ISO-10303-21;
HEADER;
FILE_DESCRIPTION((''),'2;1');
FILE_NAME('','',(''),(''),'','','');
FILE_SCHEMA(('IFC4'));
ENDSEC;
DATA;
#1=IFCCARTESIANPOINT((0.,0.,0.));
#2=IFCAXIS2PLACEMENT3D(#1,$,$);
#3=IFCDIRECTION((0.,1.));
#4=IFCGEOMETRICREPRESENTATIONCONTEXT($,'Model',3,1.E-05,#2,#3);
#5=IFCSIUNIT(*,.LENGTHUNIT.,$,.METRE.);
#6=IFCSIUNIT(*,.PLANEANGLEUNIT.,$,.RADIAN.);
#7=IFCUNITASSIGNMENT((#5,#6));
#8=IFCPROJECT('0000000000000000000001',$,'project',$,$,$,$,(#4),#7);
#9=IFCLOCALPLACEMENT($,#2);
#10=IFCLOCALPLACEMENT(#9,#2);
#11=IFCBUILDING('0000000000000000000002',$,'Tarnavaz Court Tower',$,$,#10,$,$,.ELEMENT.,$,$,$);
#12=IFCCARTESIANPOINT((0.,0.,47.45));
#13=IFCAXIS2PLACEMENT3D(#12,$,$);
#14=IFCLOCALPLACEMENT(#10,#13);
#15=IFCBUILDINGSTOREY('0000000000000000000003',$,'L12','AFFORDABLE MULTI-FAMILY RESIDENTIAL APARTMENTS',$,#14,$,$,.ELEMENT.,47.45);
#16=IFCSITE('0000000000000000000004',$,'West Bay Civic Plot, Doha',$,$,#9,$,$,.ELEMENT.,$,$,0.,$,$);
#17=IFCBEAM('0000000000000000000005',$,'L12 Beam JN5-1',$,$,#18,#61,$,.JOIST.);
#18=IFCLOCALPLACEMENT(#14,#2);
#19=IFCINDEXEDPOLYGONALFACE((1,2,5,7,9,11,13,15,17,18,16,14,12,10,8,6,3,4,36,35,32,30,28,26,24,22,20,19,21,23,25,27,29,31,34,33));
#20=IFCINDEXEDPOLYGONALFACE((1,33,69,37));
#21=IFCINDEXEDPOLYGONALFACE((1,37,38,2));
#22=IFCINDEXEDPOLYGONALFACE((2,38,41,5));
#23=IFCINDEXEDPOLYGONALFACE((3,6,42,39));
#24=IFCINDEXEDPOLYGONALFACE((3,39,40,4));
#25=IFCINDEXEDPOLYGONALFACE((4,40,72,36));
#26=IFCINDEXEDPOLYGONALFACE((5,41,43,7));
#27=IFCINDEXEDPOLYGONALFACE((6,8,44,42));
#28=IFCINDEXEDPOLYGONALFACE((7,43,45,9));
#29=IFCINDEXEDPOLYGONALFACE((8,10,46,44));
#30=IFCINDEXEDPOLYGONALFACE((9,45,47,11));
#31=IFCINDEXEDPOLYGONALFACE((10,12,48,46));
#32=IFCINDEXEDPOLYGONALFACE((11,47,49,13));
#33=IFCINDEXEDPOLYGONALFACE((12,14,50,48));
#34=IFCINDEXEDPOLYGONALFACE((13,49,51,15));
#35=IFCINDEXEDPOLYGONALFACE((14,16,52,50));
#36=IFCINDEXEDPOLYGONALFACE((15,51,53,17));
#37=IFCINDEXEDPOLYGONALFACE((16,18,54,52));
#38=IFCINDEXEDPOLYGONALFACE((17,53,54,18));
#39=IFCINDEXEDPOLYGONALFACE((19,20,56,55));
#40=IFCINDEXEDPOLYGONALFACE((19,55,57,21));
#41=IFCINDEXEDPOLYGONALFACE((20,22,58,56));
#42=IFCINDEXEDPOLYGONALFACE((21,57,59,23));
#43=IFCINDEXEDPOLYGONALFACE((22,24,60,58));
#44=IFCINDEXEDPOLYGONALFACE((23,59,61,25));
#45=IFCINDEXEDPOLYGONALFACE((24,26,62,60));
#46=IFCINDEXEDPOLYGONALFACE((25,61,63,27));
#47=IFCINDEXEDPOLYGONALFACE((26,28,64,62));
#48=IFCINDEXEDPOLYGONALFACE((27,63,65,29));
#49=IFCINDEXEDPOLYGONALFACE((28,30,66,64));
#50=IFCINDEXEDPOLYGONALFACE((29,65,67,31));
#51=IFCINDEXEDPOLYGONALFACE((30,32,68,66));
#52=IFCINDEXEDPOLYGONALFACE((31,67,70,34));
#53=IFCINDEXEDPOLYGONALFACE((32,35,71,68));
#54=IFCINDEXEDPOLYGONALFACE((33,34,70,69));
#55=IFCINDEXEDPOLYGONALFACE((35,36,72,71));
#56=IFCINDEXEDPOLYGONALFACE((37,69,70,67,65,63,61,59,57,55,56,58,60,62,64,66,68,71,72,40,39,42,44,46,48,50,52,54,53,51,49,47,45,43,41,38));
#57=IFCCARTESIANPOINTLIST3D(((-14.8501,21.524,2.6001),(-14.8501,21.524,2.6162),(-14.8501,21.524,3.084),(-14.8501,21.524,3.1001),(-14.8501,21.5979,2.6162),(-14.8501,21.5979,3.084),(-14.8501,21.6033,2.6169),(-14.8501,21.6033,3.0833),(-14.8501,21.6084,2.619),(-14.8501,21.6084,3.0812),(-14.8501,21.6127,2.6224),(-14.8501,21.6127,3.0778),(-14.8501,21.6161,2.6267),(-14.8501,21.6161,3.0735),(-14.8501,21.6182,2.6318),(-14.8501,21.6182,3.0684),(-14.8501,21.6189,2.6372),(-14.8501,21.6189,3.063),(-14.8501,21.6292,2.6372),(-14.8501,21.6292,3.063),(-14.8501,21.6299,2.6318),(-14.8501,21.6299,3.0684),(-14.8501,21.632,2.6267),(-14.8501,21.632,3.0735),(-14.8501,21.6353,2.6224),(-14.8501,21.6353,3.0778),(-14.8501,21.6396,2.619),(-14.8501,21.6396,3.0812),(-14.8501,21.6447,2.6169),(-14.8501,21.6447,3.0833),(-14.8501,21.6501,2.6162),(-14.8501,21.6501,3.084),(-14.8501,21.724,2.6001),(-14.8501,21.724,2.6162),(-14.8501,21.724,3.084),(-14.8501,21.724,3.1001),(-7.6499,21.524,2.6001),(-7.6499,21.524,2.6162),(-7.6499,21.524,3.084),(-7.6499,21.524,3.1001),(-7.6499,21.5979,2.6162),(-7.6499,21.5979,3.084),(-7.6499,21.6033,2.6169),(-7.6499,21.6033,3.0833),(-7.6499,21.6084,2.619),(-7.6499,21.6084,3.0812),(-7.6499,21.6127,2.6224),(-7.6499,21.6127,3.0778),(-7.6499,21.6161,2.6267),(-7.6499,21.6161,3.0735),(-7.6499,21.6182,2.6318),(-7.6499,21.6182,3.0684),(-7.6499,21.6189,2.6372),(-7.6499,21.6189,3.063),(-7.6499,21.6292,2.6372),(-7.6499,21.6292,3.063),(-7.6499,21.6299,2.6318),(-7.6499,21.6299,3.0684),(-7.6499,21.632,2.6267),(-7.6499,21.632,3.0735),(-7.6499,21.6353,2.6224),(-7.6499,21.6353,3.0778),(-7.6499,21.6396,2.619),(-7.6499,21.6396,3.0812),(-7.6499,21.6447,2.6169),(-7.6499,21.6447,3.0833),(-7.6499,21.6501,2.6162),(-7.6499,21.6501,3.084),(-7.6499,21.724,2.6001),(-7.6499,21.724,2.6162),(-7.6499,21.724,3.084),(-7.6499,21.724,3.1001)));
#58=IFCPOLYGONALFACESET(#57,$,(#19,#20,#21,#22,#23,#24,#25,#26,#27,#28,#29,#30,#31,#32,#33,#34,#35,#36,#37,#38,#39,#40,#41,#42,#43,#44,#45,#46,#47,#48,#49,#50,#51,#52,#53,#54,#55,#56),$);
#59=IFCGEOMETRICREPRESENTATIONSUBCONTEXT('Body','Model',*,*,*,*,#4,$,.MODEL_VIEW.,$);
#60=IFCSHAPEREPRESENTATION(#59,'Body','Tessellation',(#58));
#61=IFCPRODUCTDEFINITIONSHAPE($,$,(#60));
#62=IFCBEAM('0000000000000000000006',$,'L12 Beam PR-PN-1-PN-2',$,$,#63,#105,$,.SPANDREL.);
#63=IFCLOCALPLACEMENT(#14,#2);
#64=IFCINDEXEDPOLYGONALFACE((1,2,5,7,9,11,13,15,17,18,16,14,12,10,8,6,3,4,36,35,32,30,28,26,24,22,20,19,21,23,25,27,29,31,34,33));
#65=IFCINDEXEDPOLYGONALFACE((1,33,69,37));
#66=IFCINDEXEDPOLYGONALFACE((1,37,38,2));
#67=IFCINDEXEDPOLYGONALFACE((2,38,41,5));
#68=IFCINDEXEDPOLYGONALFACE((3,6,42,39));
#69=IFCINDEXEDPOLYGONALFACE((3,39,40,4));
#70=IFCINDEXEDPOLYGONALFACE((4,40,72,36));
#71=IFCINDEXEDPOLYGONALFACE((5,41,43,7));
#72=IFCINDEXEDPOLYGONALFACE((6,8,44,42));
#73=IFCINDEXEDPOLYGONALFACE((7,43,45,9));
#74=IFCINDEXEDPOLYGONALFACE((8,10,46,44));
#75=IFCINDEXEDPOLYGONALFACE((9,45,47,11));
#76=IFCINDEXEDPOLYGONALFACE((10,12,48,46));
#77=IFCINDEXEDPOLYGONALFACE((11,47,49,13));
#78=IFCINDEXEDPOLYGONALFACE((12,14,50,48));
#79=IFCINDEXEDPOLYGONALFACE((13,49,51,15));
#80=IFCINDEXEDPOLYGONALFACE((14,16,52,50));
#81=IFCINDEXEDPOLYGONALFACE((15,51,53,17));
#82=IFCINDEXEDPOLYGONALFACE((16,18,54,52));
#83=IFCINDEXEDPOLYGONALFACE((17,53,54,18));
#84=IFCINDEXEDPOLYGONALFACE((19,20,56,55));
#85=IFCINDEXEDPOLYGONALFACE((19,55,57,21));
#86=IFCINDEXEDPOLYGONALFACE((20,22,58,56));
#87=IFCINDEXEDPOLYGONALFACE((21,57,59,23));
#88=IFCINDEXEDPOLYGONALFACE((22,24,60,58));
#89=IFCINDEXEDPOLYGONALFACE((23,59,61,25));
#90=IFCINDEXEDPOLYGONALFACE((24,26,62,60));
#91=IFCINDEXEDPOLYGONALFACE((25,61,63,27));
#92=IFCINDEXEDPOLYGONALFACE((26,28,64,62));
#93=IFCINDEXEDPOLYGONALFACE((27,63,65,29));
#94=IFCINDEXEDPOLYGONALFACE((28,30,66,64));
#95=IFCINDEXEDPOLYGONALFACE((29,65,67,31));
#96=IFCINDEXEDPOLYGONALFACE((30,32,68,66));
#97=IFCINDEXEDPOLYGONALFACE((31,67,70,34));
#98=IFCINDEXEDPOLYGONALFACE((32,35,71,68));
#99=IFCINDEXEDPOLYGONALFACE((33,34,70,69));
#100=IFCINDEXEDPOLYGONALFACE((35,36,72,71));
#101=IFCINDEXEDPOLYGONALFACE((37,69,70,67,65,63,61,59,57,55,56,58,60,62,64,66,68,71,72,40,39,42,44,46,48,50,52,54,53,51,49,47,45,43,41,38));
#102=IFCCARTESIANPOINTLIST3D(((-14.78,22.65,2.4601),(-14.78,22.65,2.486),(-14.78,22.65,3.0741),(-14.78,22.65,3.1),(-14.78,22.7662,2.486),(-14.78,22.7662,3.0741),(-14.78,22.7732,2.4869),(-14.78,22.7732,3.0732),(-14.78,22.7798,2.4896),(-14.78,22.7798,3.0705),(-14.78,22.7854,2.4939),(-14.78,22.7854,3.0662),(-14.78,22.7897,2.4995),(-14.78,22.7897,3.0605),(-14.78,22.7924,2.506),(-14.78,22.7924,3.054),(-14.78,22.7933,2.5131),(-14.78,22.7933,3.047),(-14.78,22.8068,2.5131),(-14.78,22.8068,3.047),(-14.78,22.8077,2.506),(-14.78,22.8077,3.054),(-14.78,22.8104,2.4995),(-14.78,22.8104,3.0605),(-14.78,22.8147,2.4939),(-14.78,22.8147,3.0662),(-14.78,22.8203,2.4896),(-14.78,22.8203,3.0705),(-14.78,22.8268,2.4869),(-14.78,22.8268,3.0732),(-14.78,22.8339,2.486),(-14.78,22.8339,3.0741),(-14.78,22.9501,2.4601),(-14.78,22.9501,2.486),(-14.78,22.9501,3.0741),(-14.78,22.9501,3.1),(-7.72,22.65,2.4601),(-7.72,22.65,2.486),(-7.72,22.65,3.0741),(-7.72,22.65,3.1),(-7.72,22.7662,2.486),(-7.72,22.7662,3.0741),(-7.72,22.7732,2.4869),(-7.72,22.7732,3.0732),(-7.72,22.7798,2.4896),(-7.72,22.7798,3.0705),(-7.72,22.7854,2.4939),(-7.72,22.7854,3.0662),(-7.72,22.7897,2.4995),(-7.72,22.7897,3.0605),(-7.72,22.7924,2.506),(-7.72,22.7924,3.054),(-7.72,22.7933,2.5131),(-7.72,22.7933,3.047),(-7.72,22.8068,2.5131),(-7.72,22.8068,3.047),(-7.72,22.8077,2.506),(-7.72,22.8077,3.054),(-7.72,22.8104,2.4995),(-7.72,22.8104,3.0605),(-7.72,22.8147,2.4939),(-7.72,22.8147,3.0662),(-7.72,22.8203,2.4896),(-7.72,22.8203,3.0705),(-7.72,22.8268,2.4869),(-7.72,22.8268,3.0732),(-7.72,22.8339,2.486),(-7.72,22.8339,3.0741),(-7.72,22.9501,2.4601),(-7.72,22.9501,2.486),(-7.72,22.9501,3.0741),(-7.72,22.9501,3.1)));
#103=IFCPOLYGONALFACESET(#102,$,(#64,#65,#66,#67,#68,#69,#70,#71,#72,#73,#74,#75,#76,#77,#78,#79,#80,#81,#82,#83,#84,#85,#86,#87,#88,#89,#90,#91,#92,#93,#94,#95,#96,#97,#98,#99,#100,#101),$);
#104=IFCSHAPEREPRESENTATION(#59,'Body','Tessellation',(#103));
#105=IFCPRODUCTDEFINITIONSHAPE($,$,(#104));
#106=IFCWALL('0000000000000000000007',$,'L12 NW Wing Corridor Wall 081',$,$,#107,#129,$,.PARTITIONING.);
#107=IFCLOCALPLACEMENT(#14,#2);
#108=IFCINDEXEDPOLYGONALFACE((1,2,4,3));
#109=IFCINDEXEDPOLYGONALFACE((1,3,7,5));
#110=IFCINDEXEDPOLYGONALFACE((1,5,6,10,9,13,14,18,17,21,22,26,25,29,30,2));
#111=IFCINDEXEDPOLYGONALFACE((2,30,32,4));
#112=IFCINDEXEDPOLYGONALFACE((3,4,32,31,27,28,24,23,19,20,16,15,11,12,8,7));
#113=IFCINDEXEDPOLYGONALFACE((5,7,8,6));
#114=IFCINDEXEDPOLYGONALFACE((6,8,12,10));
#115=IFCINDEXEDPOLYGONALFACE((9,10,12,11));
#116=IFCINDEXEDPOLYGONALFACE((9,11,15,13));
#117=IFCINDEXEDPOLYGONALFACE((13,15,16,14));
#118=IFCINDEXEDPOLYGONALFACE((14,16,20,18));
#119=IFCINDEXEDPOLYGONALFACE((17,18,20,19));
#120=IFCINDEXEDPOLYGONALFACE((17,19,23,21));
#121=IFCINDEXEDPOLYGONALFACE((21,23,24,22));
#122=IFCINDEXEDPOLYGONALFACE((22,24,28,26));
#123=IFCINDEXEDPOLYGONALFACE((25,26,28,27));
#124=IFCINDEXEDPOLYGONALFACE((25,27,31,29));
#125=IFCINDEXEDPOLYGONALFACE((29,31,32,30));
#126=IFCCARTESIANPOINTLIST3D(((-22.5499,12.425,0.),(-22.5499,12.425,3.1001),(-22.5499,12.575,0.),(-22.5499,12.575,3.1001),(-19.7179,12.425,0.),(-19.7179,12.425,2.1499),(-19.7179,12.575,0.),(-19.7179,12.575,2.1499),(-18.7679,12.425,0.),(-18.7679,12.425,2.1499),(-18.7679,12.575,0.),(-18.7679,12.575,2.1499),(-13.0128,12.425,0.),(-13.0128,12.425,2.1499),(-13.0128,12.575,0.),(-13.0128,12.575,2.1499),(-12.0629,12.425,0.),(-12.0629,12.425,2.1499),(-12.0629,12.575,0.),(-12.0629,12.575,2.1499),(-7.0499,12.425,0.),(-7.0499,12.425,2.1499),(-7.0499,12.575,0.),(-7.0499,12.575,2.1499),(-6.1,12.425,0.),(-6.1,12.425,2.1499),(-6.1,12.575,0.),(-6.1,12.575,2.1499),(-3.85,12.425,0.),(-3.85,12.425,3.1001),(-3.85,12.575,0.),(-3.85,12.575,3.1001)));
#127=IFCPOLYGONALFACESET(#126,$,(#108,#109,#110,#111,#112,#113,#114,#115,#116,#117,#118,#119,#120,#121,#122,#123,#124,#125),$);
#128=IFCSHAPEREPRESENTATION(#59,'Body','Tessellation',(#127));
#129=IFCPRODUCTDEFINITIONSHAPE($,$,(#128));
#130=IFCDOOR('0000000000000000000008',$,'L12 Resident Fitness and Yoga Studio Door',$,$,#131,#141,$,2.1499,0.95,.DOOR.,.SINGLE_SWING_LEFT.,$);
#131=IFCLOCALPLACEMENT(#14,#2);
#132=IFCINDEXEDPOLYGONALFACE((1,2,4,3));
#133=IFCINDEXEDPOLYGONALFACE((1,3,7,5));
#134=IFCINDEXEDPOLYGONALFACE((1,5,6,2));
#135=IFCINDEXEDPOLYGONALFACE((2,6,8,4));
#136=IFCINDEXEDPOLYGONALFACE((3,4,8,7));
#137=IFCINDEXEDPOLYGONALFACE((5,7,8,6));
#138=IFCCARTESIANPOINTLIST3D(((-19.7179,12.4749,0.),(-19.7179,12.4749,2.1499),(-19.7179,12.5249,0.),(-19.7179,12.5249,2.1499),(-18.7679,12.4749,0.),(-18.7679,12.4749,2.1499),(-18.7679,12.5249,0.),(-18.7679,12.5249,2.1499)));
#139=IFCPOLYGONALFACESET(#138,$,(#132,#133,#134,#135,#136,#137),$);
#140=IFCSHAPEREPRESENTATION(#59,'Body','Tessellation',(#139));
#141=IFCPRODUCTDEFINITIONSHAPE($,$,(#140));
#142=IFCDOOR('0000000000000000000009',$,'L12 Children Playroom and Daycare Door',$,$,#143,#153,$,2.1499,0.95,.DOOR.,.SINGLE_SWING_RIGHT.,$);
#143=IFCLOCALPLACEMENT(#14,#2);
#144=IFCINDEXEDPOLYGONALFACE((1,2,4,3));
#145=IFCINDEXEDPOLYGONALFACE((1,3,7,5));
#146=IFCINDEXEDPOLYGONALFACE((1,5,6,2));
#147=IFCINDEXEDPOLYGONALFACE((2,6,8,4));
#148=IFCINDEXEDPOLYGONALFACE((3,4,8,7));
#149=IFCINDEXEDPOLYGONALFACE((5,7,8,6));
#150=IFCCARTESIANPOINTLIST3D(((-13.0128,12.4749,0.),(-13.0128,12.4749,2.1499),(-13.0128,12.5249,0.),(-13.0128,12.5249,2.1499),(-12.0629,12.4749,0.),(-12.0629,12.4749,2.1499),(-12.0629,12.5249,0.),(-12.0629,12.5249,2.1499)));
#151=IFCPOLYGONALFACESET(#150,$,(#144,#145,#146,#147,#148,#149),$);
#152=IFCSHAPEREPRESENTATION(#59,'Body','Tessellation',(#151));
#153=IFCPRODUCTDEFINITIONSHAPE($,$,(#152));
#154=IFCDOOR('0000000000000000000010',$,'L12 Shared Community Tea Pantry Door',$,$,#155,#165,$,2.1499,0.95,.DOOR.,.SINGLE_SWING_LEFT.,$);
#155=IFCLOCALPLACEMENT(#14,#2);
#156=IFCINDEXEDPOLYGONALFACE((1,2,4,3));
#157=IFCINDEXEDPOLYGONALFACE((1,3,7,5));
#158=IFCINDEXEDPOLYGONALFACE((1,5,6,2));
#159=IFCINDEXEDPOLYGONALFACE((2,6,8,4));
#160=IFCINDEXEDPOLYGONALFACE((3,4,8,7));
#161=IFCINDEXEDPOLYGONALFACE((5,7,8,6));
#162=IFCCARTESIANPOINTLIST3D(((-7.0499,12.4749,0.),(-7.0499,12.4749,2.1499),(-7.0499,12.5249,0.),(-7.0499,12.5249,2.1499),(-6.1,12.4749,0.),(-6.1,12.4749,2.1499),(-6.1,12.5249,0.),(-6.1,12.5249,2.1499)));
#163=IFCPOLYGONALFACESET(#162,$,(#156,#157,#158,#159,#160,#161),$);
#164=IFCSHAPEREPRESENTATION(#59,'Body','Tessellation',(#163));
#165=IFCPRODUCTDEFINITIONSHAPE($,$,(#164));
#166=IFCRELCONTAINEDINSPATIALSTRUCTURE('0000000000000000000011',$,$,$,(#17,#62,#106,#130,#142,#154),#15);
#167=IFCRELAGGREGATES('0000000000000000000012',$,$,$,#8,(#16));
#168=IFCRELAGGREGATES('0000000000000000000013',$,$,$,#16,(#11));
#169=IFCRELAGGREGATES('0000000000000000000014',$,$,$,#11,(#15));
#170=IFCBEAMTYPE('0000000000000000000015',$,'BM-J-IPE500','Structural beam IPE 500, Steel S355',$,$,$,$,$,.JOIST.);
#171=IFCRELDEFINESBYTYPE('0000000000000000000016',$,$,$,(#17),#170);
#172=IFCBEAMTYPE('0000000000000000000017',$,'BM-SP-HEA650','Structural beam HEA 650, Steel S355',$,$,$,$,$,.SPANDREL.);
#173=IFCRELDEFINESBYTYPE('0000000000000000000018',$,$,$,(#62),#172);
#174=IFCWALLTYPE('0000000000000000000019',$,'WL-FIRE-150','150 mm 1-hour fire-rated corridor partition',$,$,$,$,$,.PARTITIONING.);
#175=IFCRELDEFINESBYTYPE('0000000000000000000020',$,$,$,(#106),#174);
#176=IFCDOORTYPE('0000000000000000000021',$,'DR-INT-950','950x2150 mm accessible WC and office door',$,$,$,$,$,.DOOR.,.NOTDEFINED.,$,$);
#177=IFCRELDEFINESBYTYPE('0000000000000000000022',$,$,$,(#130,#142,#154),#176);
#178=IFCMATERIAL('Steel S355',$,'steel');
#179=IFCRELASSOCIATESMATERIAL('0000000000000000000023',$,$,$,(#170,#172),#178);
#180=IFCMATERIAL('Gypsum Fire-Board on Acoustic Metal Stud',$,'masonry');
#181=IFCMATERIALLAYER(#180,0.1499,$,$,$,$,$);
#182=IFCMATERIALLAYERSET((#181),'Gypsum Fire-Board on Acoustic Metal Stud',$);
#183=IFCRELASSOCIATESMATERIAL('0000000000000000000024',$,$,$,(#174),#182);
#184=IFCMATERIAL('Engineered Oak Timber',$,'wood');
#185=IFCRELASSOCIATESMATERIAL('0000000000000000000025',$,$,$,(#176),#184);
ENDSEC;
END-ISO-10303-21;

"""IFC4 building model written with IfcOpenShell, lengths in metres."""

from ifc_helpers import new_model, si_unit, direction, frame, frame_2d, origin, origin_2d, place, context, subcontext, project, spatial, rectangle, i_section, extrude, material, layer, layer_set, material_profile, profile_set, type_object, element, fill, save


model = new_model("IFC4")

# Units and contexts
model_context = context("Model", 3, precision=1e-05, world=origin(), true_north=direction((0.0, 1.0)))
body_context = subcontext(model_context, "Body", "Model", "MODEL_VIEW")
ifc_project = project(units=[si_unit("LENGTHUNIT", "METRE"), si_unit("PLANEANGLEUNIT", "RADIAN")], contexts=[model_context])

# Site, building, storey
site_placement = place(None, origin())
site = spatial("IfcSite", under=ifc_project, at=site_placement, Name="West Bay Civic Plot, Doha", CompositionType="ELEMENT", RefElevation=0.0)
building_placement = place(site_placement, origin())
building = spatial("IfcBuilding", under=site, at=building_placement, Name="Tarnavaz Court Tower", CompositionType="ELEMENT")
storey_placement = place(building_placement, frame((0.0, 0.0, 47.45)))
storey = spatial("IfcBuildingStorey", under=building, at=storey_placement, Name="L12", Description="AFFORDABLE MULTI-FAMILY RESIDENTIAL APARTMENTS", CompositionType="ELEMENT", Elevation=47.45)

# Beams
ifc_material_1 = material(Name="Steel S355", Category="steel")
ifc_material_profile_1 = material_profile(ifc_material_1, i_section(OverallWidth=0.2, OverallDepth=0.5, WebThickness=0.0103, FlangeThickness=0.0161, FilletRadius=0.021, at=origin_2d()), Name="IPE 500")
ifc_profile_set_1 = profile_set([ifc_material_profile_1], Name="Steel S355")
beam_type_1 = type_object("IfcBeamType", Name="BM-J-IPE500", Description="Structural beam IPE 500, Steel S355", PredefinedType="JOIST", material=ifc_profile_set_1)
for number, where, z_axis, x_axis, name in (
    (1, (-14.8501, 21.624, 2.8501), (1.0, 0.0, 0.0), (0.0, 1.0, 0.0), "L12 Beam JN5-1"),
):
    element("IfcBeam", number, at=place(storey_placement, frame(where, z_axis=z_axis, x_axis=x_axis)), inside=storey, type_object=beam_type_1, Name=name, PredefinedType="JOIST", context=body_context, shape_type="SweptSolid", body=[
        extrude(i_section(OverallWidth=0.2, OverallDepth=0.5, WebThickness=0.0103, FlangeThickness=0.0161, FilletRadius=0.021, at=origin_2d()), origin(), (0.0, 0.0, 1.0), 7.2002),
    ])
ifc_material_profile_2 = material_profile(ifc_material_1, i_section(OverallWidth=0.3, OverallDepth=0.6399, WebThickness=0.0134, FlangeThickness=0.0259, FilletRadius=0.0271, at=origin_2d()), Name="HEA 650")
ifc_profile_set_2 = profile_set([ifc_material_profile_2], Name="Steel S355")
beam_type_2 = type_object("IfcBeamType", Name="BM-SP-HEA650", Description="Structural beam HEA 650, Steel S355", PredefinedType="SPANDREL", material=ifc_profile_set_2)
beam_placement = place(storey_placement, frame((-14.78, 22.8, 2.78), z_axis=(1.0, 0.0, 0.0), x_axis=(0.0, 1.0, 0.0)))
element("IfcBeam", 2, at=beam_placement, inside=storey, type_object=beam_type_2, Name="L12 Beam PR-PN-1-PN-2", PredefinedType="SPANDREL", context=body_context, shape_type="SweptSolid", body=[
    extrude(i_section(OverallWidth=0.3, OverallDepth=0.6399, WebThickness=0.0134, FlangeThickness=0.0259, FilletRadius=0.0271, at=origin_2d()), origin(), (0.0, 0.0, 1.0), 7.0601),
])

# Wall, openings, doors
ifc_material_2 = material(Name="Gypsum Fire-Board on Acoustic Metal Stud", Category="masonry")
ifc_layer_1 = layer(ifc_material_2, 0.1499)
ifc_layer_set_1 = layer_set([ifc_layer_1], Name="Gypsum Fire-Board on Acoustic Metal Stud")
wall_type_1 = type_object("IfcWallType", Name="WL-FIRE-150", Description="150 mm 1-hour fire-rated corridor partition", PredefinedType="PARTITIONING", material=ifc_layer_set_1)
wall_1_placement = place(storey_placement, frame((-22.55, 12.5, 0.0), z_axis=(0.0, 0.0, 1.0), x_axis=(1.0, 0.0, 0.0)))
wall_1 = element("IfcWall", 3, at=wall_1_placement, inside=storey, type_object=wall_type_1, Name="L12 NW Wing Corridor Wall 081", PredefinedType="PARTITIONING", context=body_context, shape_type="SweptSolid", body=[
    extrude(rectangle(XDim=18.7, YDim=0.1499, at=frame_2d((9.3501, 0.0))), origin(), (0.0, 0.0, 1.0), 3.1001),
])
opening_1_placement = place(wall_1_placement, frame((2.832, 0.0, 0.0)))
opening_1 = element("IfcOpeningElement", 4, at=opening_1_placement, cuts=wall_1, PredefinedType="OPENING", context=body_context, shape_type="SweptSolid", body=[
    extrude(rectangle(XDim=0.95, YDim=2.1499, at=frame_2d((0.4751, 1.075))), frame((0.0, 0.085, 0.0), z_axis=(0.0, -1.0, 0.0), x_axis=(1.0, 0.0, 0.0)), (0.0, 0.0, 1.0), 0.1699),
])
opening_2_placement = place(wall_1_placement, frame((9.5371, 0.0, 0.0)))
opening_2 = element("IfcOpeningElement", 5, at=opening_2_placement, cuts=wall_1, PredefinedType="OPENING", context=body_context, shape_type="SweptSolid", body=[
    extrude(rectangle(XDim=0.95, YDim=2.1499, at=frame_2d((0.4751, 1.075))), frame((0.0, 0.085, 0.0), z_axis=(0.0, -1.0, 0.0), x_axis=(1.0, 0.0, 0.0)), (0.0, 0.0, 1.0), 0.1699),
])
opening_3_placement = place(wall_1_placement, frame((15.5, 0.0, 0.0)))
opening_3 = element("IfcOpeningElement", 6, at=opening_3_placement, cuts=wall_1, PredefinedType="OPENING", context=body_context, shape_type="SweptSolid", body=[
    extrude(rectangle(XDim=0.95, YDim=2.1499, at=frame_2d((0.4751, 1.075))), frame((0.0, 0.085, 0.0), z_axis=(0.0, -1.0, 0.0), x_axis=(1.0, 0.0, 0.0)), (0.0, 0.0, 1.0), 0.1699),
])
ifc_material_3 = material(Name="Engineered Oak Timber", Category="wood")
door_type = type_object("IfcDoorType", Name="DR-INT-950", Description="950x2150 mm accessible WC and office door", OperationType="NOTDEFINED", PredefinedType="DOOR", material=ifc_material_3)
door_1_placement = place(opening_1_placement, origin())
door_1 = element("IfcDoor", 7, at=door_1_placement, inside=storey, type_object=door_type, Name="L12 Resident Fitness and Yoga Studio Door", OperationType="SINGLE_SWING_LEFT", OverallHeight=2.1499, OverallWidth=0.95, PredefinedType="DOOR", context=body_context, shape_type="SweptSolid", body=[
    extrude(rectangle(XDim=0.95, YDim=2.1499, at=frame_2d((0.4751, 1.075))), frame((0.0, 0.0249, 0.0), z_axis=(0.0, -1.0, 0.0), x_axis=(1.0, 0.0, 0.0)), (0.0, 0.0, 1.0), 0.05),
])
fill(opening_1, door_1)
door_2_placement = place(opening_2_placement, origin())
door_2 = element("IfcDoor", 8, at=door_2_placement, inside=storey, type_object=door_type, Name="L12 Children Playroom and Daycare Door", OperationType="SINGLE_SWING_RIGHT", OverallHeight=2.1499, OverallWidth=0.95, PredefinedType="DOOR", context=body_context, shape_type="SweptSolid", body=[
    extrude(rectangle(XDim=0.95, YDim=2.1499, at=frame_2d((0.4751, 1.075))), frame((0.0, 0.0249, 0.0), z_axis=(0.0, -1.0, 0.0), x_axis=(1.0, 0.0, 0.0)), (0.0, 0.0, 1.0), 0.05),
])
fill(opening_2, door_2)
door_3_placement = place(opening_3_placement, origin())
door_3 = element("IfcDoor", 9, at=door_3_placement, inside=storey, type_object=door_type, Name="L12 Shared Community Tea Pantry Door", OperationType="SINGLE_SWING_LEFT", OverallHeight=2.1499, OverallWidth=0.95, PredefinedType="DOOR", context=body_context, shape_type="SweptSolid", body=[
    extrude(rectangle(XDim=0.95, YDim=2.1499, at=frame_2d((0.4751, 1.075))), frame((0.0, 0.0249, 0.0), z_axis=(0.0, -1.0, 0.0), x_axis=(1.0, 0.0, 0.0)), (0.0, 0.0, 1.0), 0.05),
])
fill(opening_3, door_3)

save(model, "model.ifc")
